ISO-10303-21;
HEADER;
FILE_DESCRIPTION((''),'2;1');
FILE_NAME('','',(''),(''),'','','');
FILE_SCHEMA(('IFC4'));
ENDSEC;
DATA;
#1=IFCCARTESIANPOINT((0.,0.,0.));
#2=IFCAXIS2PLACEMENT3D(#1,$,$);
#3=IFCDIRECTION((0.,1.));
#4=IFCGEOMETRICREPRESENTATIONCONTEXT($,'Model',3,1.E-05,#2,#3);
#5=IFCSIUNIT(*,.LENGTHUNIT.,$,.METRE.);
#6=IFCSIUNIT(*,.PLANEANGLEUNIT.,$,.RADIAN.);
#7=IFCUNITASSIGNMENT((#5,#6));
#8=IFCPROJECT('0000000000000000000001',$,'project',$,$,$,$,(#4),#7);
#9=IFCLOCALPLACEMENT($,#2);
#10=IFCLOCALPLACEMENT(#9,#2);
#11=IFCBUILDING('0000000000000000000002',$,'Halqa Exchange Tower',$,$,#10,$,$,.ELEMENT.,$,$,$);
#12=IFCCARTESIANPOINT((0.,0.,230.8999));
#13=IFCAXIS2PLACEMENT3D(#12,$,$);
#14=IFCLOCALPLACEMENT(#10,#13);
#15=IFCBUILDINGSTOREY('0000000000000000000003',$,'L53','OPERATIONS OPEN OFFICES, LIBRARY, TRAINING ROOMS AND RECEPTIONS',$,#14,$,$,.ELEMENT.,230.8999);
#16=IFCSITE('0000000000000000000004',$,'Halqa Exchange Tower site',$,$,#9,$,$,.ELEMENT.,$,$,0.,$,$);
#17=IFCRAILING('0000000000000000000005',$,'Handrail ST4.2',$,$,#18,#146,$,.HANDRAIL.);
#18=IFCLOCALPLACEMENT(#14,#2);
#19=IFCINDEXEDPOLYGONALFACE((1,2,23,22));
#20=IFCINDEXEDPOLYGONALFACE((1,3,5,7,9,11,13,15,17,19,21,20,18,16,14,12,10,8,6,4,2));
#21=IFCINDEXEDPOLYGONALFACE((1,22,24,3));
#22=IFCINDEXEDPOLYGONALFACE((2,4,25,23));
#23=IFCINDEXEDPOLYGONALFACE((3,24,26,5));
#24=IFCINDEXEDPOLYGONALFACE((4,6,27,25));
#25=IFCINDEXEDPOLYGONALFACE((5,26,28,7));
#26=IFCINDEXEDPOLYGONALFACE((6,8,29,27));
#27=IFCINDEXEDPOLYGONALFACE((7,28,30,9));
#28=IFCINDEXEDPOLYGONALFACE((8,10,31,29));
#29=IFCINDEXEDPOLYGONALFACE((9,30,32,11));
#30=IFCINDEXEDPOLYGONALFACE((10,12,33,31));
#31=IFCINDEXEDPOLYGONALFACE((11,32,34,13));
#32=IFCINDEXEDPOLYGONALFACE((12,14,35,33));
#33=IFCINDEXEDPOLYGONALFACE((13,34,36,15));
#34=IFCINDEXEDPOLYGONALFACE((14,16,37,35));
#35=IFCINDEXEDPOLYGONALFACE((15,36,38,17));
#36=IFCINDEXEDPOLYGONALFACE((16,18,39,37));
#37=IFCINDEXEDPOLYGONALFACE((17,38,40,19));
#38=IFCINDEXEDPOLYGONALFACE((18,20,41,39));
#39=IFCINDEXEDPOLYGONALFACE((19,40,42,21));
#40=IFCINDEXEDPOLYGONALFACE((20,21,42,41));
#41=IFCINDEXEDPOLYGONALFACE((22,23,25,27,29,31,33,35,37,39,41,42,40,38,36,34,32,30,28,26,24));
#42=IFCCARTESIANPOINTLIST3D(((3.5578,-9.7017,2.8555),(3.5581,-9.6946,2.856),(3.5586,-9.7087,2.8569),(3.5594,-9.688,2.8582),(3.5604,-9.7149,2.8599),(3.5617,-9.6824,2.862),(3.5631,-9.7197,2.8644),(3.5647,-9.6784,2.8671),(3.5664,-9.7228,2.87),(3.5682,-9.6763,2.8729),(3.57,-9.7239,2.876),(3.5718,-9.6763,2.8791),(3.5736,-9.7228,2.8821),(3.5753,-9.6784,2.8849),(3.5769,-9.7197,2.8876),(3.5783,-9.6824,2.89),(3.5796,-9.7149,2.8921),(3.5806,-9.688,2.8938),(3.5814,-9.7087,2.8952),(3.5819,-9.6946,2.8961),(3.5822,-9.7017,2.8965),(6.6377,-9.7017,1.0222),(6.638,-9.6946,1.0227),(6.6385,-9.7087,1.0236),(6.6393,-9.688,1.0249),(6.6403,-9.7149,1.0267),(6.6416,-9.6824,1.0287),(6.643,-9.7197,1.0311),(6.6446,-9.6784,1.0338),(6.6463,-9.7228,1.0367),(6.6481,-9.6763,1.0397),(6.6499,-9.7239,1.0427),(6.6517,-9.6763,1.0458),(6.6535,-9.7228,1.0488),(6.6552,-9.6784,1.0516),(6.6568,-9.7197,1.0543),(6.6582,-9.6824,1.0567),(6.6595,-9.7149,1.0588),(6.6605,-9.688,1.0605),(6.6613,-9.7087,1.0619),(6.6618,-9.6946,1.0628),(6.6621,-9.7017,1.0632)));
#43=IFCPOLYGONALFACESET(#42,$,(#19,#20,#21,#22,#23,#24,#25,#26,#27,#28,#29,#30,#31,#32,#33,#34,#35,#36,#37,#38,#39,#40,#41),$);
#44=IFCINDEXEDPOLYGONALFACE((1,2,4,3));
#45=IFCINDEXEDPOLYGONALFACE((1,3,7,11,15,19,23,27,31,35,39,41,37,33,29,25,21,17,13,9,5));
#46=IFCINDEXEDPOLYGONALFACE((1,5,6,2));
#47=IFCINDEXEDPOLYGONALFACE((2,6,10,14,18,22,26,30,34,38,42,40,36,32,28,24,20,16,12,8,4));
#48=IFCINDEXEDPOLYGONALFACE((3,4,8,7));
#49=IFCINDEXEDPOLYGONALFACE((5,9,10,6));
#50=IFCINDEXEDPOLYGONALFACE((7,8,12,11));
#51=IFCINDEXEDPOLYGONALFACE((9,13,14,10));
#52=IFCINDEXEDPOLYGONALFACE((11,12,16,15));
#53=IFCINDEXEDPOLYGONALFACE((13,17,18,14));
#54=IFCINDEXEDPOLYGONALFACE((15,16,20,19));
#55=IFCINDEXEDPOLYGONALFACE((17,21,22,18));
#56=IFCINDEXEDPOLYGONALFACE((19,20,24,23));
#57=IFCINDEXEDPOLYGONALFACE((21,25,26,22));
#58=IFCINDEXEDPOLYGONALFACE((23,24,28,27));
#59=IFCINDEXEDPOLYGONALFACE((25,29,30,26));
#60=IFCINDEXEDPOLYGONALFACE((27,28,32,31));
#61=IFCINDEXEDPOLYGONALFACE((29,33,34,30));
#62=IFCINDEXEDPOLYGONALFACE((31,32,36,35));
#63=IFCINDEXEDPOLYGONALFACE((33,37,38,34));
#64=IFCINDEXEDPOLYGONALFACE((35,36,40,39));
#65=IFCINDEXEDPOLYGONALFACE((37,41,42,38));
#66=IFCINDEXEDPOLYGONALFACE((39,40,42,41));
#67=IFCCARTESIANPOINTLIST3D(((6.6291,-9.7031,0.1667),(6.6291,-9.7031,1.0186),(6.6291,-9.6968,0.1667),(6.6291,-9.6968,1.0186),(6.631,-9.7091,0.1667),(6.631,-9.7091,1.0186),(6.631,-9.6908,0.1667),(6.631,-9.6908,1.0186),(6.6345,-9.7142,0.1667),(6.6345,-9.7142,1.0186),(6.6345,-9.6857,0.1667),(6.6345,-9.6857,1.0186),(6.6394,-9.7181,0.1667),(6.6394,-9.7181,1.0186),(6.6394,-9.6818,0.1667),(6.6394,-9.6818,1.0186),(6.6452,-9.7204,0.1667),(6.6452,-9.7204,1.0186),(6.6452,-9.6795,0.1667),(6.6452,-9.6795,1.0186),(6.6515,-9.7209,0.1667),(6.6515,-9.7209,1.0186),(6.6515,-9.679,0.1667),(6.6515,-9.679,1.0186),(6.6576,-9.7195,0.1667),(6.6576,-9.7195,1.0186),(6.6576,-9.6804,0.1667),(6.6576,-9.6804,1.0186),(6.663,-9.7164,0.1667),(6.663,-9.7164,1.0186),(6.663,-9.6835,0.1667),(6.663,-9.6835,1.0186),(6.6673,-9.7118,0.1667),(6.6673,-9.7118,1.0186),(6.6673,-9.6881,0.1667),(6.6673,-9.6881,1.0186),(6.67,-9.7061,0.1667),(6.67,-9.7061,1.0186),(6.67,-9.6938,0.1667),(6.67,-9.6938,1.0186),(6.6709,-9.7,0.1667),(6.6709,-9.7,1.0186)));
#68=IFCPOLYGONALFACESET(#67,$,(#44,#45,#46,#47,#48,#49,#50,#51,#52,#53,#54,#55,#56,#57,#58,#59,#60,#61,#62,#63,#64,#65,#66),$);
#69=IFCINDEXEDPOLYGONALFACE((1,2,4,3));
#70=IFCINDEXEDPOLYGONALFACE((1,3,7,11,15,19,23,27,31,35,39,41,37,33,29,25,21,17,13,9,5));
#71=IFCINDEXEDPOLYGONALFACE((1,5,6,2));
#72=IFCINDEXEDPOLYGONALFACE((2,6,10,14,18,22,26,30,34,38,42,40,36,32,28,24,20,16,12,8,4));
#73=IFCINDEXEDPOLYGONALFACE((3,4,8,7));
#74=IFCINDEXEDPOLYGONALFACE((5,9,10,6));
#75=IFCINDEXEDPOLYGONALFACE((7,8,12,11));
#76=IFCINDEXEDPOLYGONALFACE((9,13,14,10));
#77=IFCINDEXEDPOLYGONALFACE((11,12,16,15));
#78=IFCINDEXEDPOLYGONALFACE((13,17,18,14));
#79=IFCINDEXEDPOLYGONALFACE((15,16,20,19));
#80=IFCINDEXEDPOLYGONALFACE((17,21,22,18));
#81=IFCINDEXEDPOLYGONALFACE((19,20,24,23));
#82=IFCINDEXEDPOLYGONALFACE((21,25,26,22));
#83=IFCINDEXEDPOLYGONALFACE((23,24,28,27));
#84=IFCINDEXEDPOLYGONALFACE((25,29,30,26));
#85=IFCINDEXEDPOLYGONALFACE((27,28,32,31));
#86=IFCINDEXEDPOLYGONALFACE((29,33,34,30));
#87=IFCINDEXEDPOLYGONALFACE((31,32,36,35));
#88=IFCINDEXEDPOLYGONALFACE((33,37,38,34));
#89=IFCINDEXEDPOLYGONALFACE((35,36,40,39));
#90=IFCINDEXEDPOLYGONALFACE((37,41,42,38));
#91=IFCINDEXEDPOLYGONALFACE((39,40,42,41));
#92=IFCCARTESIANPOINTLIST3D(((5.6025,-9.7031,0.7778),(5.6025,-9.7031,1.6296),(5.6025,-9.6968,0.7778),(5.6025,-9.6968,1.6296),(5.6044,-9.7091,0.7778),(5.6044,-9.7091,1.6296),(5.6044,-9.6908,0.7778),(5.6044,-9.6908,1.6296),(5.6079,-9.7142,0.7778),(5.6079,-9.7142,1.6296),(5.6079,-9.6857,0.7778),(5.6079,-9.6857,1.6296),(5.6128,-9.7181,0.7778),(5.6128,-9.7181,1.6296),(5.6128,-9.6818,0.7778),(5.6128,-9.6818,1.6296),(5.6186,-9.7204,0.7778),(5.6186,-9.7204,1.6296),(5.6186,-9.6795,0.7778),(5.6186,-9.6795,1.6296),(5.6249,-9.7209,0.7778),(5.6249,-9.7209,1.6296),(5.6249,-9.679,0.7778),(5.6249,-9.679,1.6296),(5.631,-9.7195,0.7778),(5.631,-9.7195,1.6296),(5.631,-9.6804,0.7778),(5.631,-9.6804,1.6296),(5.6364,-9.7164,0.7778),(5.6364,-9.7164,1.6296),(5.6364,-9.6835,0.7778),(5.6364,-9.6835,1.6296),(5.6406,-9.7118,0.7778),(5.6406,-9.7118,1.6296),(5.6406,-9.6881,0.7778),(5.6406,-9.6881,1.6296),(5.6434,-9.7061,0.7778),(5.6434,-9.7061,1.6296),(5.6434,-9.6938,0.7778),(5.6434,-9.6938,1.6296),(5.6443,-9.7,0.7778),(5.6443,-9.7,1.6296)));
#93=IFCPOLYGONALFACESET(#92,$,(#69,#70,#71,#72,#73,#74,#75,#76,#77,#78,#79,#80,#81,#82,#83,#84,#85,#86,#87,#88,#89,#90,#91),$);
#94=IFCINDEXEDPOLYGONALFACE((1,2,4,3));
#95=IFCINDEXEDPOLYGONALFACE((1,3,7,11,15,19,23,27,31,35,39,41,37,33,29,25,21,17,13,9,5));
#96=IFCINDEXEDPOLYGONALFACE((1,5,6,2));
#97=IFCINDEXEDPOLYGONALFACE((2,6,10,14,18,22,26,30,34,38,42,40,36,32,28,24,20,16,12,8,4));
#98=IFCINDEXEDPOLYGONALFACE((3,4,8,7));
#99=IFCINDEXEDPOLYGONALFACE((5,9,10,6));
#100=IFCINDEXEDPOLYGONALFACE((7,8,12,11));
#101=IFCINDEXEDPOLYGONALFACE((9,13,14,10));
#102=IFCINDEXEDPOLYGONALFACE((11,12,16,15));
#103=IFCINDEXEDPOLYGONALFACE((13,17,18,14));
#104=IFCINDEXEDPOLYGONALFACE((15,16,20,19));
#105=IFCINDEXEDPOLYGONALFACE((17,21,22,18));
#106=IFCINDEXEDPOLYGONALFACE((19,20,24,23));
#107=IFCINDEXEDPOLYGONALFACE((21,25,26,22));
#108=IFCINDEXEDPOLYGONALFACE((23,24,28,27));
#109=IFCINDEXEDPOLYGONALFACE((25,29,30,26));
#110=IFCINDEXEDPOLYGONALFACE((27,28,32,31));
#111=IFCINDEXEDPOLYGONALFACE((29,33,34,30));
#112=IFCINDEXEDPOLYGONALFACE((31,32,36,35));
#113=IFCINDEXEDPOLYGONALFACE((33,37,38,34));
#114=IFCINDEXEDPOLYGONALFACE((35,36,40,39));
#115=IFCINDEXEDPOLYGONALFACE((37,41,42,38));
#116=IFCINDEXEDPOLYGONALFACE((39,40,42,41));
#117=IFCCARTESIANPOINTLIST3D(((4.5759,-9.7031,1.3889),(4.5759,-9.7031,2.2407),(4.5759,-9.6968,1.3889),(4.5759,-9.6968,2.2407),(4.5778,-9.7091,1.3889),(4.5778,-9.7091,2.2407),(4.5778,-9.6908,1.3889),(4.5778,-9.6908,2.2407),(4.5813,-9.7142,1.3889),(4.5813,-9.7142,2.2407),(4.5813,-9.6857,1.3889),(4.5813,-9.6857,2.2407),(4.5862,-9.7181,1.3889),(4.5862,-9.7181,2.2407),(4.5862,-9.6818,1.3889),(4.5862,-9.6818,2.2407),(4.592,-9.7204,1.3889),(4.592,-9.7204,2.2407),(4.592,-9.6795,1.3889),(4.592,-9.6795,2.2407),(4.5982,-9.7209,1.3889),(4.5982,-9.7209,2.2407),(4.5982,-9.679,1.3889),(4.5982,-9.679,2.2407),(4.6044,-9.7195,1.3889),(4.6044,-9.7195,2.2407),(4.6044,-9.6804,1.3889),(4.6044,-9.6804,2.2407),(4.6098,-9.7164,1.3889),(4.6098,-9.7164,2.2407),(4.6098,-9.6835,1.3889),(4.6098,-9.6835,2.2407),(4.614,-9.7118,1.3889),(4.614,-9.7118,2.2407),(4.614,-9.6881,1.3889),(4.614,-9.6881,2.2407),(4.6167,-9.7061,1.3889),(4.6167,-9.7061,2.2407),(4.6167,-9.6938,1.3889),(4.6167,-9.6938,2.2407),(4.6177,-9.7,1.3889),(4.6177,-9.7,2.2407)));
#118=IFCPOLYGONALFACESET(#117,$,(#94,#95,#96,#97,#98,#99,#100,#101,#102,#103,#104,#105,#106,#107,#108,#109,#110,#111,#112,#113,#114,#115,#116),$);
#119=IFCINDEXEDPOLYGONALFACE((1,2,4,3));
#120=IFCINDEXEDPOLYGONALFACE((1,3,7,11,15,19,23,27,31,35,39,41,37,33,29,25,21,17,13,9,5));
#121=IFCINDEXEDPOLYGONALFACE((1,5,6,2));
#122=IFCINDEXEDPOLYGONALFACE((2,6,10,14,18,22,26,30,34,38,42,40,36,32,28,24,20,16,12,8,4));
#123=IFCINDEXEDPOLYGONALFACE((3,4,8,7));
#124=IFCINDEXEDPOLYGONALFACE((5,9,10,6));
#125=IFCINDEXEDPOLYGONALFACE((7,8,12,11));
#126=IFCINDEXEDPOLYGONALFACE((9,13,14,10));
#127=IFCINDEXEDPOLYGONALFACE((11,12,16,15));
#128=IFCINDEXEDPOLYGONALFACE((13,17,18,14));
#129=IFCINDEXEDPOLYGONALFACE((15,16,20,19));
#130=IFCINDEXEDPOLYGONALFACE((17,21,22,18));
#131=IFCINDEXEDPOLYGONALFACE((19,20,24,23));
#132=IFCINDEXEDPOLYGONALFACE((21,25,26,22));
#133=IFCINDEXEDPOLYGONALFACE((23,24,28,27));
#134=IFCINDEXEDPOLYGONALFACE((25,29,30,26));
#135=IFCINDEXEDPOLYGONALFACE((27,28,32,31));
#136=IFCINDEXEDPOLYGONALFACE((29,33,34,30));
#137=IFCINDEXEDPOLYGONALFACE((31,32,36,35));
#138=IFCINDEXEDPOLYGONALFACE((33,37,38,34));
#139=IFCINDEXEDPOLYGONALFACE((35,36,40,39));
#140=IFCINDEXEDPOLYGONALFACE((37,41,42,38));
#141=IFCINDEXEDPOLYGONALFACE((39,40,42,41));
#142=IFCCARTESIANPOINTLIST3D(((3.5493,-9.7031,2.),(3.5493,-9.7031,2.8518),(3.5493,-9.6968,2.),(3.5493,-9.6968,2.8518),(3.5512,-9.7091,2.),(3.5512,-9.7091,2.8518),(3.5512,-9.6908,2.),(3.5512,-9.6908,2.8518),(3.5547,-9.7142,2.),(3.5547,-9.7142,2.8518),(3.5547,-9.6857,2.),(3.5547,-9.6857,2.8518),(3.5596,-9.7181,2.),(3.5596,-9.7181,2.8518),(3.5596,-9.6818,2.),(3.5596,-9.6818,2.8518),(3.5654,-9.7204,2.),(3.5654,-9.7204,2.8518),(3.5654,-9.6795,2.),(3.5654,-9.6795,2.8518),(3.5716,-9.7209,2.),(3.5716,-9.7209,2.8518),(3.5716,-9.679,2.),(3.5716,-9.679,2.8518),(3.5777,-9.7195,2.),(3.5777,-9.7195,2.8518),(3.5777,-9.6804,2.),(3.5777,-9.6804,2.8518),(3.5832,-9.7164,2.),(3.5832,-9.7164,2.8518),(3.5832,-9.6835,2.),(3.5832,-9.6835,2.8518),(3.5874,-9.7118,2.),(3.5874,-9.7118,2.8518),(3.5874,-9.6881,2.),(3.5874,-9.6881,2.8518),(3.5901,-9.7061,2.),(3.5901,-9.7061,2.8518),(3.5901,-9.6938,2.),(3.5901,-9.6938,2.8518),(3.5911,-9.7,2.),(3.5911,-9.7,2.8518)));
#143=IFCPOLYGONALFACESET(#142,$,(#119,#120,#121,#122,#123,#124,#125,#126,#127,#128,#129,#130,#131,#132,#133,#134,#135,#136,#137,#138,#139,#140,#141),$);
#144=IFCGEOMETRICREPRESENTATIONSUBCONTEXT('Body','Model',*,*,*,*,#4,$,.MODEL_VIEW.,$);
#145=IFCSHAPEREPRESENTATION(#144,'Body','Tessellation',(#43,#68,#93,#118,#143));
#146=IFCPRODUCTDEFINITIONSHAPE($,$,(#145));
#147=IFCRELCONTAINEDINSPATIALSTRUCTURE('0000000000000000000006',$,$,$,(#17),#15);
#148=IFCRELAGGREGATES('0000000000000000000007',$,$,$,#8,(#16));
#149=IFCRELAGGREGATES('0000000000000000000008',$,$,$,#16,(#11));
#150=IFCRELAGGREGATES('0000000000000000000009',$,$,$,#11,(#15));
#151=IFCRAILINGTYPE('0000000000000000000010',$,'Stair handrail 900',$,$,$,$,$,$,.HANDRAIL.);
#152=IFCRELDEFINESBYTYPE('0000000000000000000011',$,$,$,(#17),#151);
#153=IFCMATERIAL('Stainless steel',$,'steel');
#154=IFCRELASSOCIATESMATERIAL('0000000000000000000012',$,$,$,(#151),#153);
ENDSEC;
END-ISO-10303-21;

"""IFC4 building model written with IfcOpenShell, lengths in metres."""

from ifc_helpers import new_model, si_unit, direction, frame, origin, origin_2d, place, context, subcontext, project, spatial, circle, extrude, material, type_object, element, save


model = new_model("IFC4")

# Units and contexts
model_context = context("Model", 3, precision=1e-05, world=origin(), true_north=direction((0.0, 1.0)))
body_context = subcontext(model_context, "Body", "Model", "MODEL_VIEW")
ifc_project = project(units=[si_unit("LENGTHUNIT", "METRE"), si_unit("PLANEANGLEUNIT", "RADIAN")], contexts=[model_context])

# Site, building, storey
site_placement = place(None, origin())
site = spatial("IfcSite", under=ifc_project, at=site_placement, Name="Halqa Exchange Tower site", CompositionType="ELEMENT", RefElevation=0.0)
building_placement = place(site_placement, origin())
building = spatial("IfcBuilding", under=site, at=building_placement, Name="Halqa Exchange Tower", CompositionType="ELEMENT")
storey_placement = place(building_placement, frame((0.0, 0.0, 230.8999)))
storey = spatial("IfcBuildingStorey", under=building, at=storey_placement, Name="L53", Description="OPERATIONS OPEN OFFICES, LIBRARY, TRAINING ROOMS AND RECEPTIONS", CompositionType="ELEMENT", Elevation=230.8999)

# Railing
ifc_material_1 = material(Name="Stainless steel", Category="steel")
railing_type_1 = type_object("IfcRailingType", Name="Stair handrail 900", PredefinedType="HANDRAIL", material=ifc_material_1)
railing_1_placement = place(storey_placement, frame((6.6499, -9.7, 0.1667)))
element("IfcRailing", 1, at=railing_1_placement, inside=storey, type_object=railing_type_1, Name="Handrail ST4.2", PredefinedType="HANDRAIL", context=body_context, shape_type="SweptSolid", body=[
    extrude(circle(Radius=0.0239, at=origin_2d()), frame((0.0, 0.0, 0.876), z_axis=(-0.859291, 0.0, 0.511487), x_axis=(0.0, -1.0, 0.0)), (0.0, 0.0, 1.0), 3.5842),
    extrude(circle(Radius=0.021, at=origin_2d()), origin(), (0.0, 0.0, 1.0), 0.8518),
    extrude(circle(Radius=0.021, at=origin_2d()), frame((-1.0266, 0.0, 0.6111)), (0.0, 0.0, 1.0), 0.8518),
    extrude(circle(Radius=0.021, at=origin_2d()), frame((-2.0532, 0.0, 1.2222)), (0.0, 0.0, 1.0), 0.8518),
    extrude(circle(Radius=0.021, at=origin_2d()), frame((-3.0798, 0.0, 1.8333)), (0.0, 0.0, 1.0), 0.8518),
])

save(model, "model.ifc")
